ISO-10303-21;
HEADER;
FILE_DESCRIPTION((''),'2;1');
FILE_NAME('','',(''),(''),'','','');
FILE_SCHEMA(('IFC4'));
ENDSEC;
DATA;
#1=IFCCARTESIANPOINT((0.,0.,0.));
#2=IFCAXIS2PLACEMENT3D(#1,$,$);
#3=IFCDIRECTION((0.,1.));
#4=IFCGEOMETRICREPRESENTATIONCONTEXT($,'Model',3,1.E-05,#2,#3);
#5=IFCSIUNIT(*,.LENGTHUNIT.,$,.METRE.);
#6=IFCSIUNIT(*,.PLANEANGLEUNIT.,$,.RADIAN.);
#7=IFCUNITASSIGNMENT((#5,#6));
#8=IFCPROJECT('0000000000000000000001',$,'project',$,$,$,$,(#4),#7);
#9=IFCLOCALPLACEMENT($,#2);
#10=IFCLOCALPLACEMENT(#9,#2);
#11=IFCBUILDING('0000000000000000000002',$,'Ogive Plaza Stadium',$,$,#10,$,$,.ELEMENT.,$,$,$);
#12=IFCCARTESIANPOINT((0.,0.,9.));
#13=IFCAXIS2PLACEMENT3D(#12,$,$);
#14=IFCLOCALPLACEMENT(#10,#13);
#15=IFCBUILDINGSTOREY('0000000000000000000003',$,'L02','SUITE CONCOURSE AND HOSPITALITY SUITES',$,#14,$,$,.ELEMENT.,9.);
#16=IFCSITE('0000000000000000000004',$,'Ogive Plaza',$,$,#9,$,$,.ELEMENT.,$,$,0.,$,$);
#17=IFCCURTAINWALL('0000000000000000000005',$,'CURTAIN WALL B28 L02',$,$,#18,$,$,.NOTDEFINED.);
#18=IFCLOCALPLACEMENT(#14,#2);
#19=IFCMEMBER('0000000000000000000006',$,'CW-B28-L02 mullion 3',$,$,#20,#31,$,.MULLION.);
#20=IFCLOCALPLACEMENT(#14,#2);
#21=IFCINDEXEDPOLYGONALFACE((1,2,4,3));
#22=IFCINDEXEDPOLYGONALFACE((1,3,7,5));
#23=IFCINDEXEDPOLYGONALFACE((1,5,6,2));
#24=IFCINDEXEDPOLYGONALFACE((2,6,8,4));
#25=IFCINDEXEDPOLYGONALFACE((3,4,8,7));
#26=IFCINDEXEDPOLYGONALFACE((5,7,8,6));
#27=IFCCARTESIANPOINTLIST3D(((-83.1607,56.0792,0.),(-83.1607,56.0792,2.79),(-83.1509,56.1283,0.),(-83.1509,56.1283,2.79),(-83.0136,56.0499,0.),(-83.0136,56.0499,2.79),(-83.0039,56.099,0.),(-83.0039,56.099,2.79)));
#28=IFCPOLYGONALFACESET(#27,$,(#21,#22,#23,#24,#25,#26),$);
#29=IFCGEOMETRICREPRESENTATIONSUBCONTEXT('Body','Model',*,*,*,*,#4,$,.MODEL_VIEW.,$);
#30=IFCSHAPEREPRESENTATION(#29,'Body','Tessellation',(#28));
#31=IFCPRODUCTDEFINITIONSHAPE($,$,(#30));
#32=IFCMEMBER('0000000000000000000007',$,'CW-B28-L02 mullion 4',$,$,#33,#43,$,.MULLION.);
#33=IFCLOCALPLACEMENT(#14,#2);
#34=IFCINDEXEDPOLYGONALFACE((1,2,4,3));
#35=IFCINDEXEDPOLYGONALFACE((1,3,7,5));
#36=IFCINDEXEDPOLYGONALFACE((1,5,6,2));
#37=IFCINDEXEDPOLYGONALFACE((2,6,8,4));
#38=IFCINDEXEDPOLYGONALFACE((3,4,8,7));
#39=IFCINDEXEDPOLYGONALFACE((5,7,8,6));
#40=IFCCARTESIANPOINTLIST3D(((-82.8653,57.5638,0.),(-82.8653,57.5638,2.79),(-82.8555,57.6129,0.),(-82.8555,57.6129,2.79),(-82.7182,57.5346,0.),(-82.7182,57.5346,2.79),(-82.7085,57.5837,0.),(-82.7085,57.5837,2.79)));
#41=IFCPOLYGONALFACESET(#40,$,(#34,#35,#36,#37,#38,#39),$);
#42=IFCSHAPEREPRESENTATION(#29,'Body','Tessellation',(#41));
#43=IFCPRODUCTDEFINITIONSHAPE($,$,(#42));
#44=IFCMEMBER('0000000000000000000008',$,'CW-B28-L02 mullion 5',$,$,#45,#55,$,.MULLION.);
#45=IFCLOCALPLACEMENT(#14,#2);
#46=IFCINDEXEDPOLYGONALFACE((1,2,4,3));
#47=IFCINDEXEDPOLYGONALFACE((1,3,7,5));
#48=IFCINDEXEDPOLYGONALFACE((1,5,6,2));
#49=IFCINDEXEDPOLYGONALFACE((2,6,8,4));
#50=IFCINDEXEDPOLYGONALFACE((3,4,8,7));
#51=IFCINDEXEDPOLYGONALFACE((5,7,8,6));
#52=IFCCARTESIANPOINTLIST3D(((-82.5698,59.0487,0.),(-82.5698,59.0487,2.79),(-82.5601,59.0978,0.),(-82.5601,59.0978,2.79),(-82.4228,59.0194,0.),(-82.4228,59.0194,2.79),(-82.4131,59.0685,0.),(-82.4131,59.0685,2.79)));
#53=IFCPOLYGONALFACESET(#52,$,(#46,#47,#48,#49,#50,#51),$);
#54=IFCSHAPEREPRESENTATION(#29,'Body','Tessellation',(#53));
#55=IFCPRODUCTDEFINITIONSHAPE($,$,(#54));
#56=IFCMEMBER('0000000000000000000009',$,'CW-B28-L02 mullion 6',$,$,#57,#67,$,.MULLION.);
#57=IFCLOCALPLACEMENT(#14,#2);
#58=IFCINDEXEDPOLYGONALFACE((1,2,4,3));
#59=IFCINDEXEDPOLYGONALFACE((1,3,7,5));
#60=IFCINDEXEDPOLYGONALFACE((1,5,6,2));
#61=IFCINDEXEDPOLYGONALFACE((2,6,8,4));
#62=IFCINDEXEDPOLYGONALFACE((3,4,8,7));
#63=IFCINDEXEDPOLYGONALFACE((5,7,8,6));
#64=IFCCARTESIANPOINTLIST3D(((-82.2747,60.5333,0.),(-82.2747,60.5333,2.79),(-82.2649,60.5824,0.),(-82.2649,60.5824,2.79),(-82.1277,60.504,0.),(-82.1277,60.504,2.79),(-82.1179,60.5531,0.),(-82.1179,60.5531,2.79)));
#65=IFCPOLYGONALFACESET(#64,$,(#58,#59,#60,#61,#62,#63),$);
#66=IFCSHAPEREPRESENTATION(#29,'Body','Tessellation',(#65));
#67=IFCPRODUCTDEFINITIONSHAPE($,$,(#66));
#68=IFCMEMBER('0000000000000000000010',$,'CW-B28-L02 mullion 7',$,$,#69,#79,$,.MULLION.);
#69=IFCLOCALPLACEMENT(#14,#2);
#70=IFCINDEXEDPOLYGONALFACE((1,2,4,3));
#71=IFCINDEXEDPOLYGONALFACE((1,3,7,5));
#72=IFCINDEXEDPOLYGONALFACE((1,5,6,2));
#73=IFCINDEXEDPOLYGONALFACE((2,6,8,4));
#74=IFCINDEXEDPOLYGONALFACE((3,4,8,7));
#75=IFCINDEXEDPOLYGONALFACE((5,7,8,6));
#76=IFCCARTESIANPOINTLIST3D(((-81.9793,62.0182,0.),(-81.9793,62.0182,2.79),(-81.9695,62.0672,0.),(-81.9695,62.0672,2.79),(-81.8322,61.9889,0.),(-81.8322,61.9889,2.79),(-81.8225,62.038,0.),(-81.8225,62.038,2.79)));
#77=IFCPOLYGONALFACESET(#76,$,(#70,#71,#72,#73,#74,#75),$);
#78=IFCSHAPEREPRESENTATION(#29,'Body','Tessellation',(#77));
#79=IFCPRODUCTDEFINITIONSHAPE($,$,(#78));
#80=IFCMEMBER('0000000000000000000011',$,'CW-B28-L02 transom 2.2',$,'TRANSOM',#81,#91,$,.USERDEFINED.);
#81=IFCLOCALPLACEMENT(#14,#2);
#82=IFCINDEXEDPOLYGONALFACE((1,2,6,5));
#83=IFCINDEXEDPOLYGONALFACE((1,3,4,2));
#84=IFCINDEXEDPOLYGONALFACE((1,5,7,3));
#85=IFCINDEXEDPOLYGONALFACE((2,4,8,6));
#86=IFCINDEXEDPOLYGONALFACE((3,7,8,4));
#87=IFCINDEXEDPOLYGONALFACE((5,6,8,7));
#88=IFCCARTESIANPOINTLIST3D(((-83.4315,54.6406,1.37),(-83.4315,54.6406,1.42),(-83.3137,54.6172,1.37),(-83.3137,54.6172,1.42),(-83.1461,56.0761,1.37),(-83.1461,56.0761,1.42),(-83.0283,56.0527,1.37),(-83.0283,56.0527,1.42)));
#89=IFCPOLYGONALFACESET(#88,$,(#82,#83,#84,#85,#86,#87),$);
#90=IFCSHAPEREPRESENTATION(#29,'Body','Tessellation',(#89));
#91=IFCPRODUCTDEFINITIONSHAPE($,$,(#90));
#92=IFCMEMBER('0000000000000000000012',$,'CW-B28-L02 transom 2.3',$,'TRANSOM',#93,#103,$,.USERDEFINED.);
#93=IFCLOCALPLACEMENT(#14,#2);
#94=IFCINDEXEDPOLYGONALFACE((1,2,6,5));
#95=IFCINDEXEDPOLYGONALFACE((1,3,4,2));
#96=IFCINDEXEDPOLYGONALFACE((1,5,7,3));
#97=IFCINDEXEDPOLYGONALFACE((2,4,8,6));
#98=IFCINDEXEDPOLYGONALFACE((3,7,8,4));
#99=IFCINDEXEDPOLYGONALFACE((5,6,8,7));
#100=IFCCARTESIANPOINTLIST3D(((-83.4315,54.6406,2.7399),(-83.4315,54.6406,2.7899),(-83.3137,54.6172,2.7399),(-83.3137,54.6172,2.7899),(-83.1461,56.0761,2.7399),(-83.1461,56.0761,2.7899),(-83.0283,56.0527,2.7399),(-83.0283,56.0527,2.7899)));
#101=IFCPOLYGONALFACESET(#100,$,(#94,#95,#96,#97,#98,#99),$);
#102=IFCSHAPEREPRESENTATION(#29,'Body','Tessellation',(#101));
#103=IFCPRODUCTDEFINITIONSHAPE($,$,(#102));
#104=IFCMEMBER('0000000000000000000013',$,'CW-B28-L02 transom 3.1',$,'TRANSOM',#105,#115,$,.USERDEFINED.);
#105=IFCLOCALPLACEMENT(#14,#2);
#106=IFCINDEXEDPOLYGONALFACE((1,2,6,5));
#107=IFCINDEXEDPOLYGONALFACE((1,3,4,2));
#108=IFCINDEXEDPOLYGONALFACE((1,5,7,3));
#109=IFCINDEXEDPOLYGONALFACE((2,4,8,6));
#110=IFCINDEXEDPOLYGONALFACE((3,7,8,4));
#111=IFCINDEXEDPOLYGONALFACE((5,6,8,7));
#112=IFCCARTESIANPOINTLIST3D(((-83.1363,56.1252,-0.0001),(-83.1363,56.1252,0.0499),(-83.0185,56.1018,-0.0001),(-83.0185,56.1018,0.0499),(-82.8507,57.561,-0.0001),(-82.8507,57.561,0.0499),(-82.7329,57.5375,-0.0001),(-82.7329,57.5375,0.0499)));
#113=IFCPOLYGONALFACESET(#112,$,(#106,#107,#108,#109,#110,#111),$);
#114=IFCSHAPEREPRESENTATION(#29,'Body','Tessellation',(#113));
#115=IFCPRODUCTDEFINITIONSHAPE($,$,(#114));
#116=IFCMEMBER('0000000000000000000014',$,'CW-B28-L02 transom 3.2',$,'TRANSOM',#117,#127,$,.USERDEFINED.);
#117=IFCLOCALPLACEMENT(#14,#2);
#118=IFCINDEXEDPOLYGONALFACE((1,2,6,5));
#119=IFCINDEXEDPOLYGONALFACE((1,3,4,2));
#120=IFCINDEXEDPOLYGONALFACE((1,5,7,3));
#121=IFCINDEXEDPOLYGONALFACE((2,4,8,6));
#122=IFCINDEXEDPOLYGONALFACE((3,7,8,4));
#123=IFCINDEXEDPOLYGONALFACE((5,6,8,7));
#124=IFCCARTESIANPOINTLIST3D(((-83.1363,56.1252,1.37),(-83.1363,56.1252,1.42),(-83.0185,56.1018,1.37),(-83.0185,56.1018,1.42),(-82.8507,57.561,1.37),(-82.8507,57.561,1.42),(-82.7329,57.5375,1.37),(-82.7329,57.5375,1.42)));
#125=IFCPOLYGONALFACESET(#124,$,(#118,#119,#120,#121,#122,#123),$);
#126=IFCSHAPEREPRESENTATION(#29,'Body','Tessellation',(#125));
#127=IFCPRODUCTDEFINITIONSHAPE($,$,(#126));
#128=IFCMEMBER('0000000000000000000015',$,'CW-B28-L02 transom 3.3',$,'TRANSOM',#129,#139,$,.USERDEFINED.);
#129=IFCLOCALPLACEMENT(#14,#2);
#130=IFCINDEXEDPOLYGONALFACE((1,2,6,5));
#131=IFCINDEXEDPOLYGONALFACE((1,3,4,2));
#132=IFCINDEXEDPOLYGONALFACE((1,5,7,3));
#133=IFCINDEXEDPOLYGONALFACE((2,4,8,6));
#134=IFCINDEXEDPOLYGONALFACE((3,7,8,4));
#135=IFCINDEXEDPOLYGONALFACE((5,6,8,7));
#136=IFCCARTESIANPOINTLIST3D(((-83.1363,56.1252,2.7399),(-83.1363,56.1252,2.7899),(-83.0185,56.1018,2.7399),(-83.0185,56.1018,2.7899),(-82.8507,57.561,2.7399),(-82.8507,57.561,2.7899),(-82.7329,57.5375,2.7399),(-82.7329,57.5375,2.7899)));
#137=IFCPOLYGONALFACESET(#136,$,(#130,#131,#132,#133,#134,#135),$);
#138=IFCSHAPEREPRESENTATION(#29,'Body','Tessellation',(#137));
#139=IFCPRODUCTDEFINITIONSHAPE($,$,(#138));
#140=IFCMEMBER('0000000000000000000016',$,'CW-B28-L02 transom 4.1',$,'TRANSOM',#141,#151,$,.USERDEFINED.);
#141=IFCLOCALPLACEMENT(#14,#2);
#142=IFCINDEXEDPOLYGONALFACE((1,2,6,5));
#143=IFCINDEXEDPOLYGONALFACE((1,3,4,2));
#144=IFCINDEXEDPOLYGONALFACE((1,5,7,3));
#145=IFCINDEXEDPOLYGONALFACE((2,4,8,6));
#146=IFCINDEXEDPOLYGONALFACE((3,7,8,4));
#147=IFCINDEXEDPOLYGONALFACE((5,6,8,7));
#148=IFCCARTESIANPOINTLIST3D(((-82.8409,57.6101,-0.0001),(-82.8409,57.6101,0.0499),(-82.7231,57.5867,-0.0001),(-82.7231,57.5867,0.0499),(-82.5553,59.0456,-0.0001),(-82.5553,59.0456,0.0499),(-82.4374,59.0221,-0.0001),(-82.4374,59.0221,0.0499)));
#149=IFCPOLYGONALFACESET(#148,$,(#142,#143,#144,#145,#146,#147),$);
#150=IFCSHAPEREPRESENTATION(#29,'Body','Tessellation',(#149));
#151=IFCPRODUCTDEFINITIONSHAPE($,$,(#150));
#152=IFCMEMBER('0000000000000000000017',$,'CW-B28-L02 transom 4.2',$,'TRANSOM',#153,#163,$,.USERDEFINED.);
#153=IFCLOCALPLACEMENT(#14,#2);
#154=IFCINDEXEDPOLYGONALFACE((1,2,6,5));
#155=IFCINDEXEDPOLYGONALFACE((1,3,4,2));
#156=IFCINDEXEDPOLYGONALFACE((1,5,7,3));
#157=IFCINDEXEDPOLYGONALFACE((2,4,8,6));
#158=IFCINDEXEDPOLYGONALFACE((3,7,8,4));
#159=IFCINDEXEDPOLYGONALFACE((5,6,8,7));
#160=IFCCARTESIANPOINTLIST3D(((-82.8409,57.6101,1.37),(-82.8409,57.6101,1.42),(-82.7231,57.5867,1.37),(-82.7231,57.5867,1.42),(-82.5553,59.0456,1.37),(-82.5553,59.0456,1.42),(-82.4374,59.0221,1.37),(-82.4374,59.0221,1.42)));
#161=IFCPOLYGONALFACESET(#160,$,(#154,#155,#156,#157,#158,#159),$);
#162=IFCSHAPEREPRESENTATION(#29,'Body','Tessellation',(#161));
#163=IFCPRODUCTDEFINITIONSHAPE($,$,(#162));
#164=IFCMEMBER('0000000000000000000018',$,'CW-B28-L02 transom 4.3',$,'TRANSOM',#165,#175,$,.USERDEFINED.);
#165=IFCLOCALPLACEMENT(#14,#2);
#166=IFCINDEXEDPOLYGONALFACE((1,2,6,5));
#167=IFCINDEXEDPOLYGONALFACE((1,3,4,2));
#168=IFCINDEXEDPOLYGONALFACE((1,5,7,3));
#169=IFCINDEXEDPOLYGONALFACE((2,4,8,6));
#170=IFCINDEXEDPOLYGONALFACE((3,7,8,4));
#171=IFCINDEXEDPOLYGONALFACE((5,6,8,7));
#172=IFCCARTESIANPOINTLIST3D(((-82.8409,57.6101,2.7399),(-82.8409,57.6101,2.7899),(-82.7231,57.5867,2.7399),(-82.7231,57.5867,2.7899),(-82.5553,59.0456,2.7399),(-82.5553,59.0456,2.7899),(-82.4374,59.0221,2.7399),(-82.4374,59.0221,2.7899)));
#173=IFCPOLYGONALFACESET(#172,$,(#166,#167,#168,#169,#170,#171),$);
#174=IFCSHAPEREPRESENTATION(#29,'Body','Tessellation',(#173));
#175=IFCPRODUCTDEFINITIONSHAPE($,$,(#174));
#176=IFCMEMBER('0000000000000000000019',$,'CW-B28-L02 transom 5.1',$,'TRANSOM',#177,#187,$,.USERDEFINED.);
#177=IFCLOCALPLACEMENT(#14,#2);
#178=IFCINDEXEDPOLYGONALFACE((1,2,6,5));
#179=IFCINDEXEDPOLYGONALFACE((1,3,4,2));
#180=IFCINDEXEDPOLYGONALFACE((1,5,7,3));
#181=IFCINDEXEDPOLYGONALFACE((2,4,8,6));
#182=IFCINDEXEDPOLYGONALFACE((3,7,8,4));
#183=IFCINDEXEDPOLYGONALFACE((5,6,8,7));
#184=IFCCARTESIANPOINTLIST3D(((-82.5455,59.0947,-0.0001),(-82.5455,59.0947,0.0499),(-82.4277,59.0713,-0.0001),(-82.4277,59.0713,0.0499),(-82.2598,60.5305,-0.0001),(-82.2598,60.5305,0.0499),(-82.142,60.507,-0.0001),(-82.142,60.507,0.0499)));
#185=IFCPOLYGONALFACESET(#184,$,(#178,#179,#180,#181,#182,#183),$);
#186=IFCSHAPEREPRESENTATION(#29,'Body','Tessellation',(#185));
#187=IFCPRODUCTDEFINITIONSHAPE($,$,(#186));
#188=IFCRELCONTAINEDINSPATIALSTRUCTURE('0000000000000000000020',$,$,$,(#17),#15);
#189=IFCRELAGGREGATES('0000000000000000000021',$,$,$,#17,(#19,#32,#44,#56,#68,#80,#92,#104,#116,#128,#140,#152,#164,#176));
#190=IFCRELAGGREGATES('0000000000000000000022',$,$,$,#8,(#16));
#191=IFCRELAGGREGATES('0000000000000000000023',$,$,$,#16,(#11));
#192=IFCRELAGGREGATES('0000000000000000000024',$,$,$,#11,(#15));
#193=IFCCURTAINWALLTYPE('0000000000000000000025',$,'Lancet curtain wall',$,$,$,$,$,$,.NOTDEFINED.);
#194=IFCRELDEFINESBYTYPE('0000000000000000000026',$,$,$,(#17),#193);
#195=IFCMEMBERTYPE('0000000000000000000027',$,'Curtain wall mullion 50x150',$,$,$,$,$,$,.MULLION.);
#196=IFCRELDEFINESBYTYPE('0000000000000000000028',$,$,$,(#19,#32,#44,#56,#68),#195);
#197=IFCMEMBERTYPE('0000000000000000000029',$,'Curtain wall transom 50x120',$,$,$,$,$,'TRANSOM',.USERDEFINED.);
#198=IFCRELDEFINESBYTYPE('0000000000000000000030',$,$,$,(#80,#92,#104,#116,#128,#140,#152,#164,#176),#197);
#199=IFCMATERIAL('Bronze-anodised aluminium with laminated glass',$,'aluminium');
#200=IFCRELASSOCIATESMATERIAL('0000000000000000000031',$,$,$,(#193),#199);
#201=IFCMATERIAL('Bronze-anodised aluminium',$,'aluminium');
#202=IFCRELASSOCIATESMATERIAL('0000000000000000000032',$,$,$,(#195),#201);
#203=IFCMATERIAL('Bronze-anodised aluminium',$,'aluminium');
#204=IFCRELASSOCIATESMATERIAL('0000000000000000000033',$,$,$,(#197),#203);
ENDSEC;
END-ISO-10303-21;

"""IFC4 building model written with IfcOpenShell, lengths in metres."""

from ifc_helpers import new_model, si_unit, direction, frame, origin, origin_2d, place, context, subcontext, project, spatial, rectangle, extrude, material, material_profile, profile_set, type_object, element, aggregate, save


model = new_model("IFC4")

# Units and contexts
model_context = context("Model", 3, precision=1e-05, world=origin(), true_north=direction((0.0, 1.0)))
body_context = subcontext(model_context, "Body", "Model", "MODEL_VIEW")
ifc_project = project(units=[si_unit("LENGTHUNIT", "METRE"), si_unit("PLANEANGLEUNIT", "RADIAN")], contexts=[model_context])

# Site, building, storey
site_placement = place(None, origin())
site = spatial("IfcSite", under=ifc_project, at=site_placement, Name="Ogive Plaza", CompositionType="ELEMENT", RefElevation=0.0)
building_placement = place(site_placement, origin())
building = spatial("IfcBuilding", under=site, at=building_placement, Name="Ogive Plaza Stadium", CompositionType="ELEMENT")
storey_placement = place(building_placement, frame((0.0, 0.0, 9.0)))
storey = spatial("IfcBuildingStorey", under=building, at=storey_placement, Name="L02", Description="SUITE CONCOURSE AND HOSPITALITY SUITES", CompositionType="ELEMENT", Elevation=9.0)

# Curtain wall, members
ifc_material_1 = material(Name="Bronze-anodised aluminium with laminated glass", Category="aluminium")
curtain_wall_type = type_object("IfcCurtainWallType", Name="Lancet curtain wall", PredefinedType="NOTDEFINED", material=ifc_material_1)
curtain_wall_placement = place(storey_placement, origin())
curtain_wall = element("IfcCurtainWall", 1, at=curtain_wall_placement, inside=storey, type_object=curtain_wall_type, Name="CURTAIN WALL B28 L02", PredefinedType="NOTDEFINED")
ifc_material_2 = material(Name="Bronze-anodised aluminium", Category="aluminium")
ifc_material_profile_1 = material_profile(ifc_material_2, rectangle(XDim=0.1499, YDim=0.05, at=origin_2d()), Name="AL 150x50")
ifc_profile_set_1 = profile_set([ifc_material_profile_1], Name="Bronze-anodised aluminium")
member_type_1 = type_object("IfcMemberType", Name="Curtain wall mullion 50x150", PredefinedType="MULLION", material=ifc_profile_set_1)
member_1_placement = place(storey_placement, frame((-83.0823, 56.0891, 0.0), z_axis=(0.0, 0.0, 1.0), x_axis=(-0.980785, 0.19509, 0.0)))
member_1 = element("IfcMember", 2, at=member_1_placement, type_object=member_type_1, Name="CW-B28-L02 mullion 3", PredefinedType="MULLION", context=body_context, shape_type="SweptSolid", body=[
    extrude(rectangle(XDim=0.1499, YDim=0.05, at=origin_2d()), origin(), (0.0, 0.0, 1.0), 2.79),
])
member_2_placement = place(storey_placement, frame((-82.7869, 57.5737, 0.0), z_axis=(0.0, 0.0, 1.0), x_axis=(-0.980785, 0.19509, 0.0)))
member_2 = element("IfcMember", 3, at=member_2_placement, type_object=member_type_1, Name="CW-B28-L02 mullion 4", PredefinedType="MULLION", context=body_context, shape_type="SweptSolid", body=[
    extrude(rectangle(XDim=0.1499, YDim=0.05, at=origin_2d()), origin(), (0.0, 0.0, 1.0), 2.79),
])
member_3_placement = place(storey_placement, frame((-82.4915, 59.0586, 0.0), z_axis=(0.0, 0.0, 1.0), x_axis=(-0.980785, 0.19509, 0.0)))
member_3 = element("IfcMember", 4, at=member_3_placement, type_object=member_type_1, Name="CW-B28-L02 mullion 5", PredefinedType="MULLION", context=body_context, shape_type="SweptSolid", body=[
    extrude(rectangle(XDim=0.1499, YDim=0.05, at=origin_2d()), origin(), (0.0, 0.0, 1.0), 2.79),
])
member_4_placement = place(storey_placement, frame((-82.1963, 60.5432, 0.0), z_axis=(0.0, 0.0, 1.0), x_axis=(-0.980785, 0.19509, 0.0)))
member_4 = element("IfcMember", 5, at=member_4_placement, type_object=member_type_1, Name="CW-B28-L02 mullion 6", PredefinedType="MULLION", context=body_context, shape_type="SweptSolid", body=[
    extrude(rectangle(XDim=0.1499, YDim=0.05, at=origin_2d()), origin(), (0.0, 0.0, 1.0), 2.79),
])
member_5_placement = place(storey_placement, frame((-81.9009, 62.0281, 0.0), z_axis=(0.0, 0.0, 1.0), x_axis=(-0.980785, 0.19509, 0.0)))
member_5 = element("IfcMember", 6, at=member_5_placement, type_object=member_type_1, Name="CW-B28-L02 mullion 7", PredefinedType="MULLION", context=body_context, shape_type="SweptSolid", body=[
    extrude(rectangle(XDim=0.1499, YDim=0.05, at=origin_2d()), origin(), (0.0, 0.0, 1.0), 2.79),
])
ifc_material_3 = material(Name="Bronze-anodised aluminium", Category="aluminium")
ifc_material_profile_2 = material_profile(ifc_material_3, rectangle(XDim=0.1201, YDim=0.05, at=origin_2d()), Name="AL 120x50")
ifc_profile_set_2 = profile_set([ifc_material_profile_2], Name="Bronze-anodised aluminium")
member_type_2 = type_object("IfcMemberType", Name="Curtain wall transom 50x120", ElementType="TRANSOM", PredefinedType="USERDEFINED", material=ifc_profile_set_2)
member_6_placement = place(storey_placement, frame((-83.3726, 54.6289, 1.395), z_axis=(0.194993, 0.980805, 0.0), x_axis=(-0.980805, 0.194993, 0.0)))
member_6 = element("IfcMember", 7, at=member_6_placement, type_object=member_type_2, Name="CW-B28-L02 transom 2.2", ObjectType="TRANSOM", PredefinedType="USERDEFINED", context=body_context, shape_type="SweptSolid", body=[
    extrude(rectangle(XDim=0.1201, YDim=0.05, at=origin_2d()), origin(), (0.0, 0.0, 1.0), 1.4636),
])
member_7_placement = place(storey_placement, frame((-83.3726, 54.6289, 2.7649), z_axis=(0.194993, 0.980805, 0.0), x_axis=(-0.980805, 0.194993, 0.0)))
member_7 = element("IfcMember", 8, at=member_7_placement, type_object=member_type_2, Name="CW-B28-L02 transom 2.3", ObjectType="TRANSOM", PredefinedType="USERDEFINED", context=body_context, shape_type="SweptSolid", body=[
    extrude(rectangle(XDim=0.1201, YDim=0.05, at=origin_2d()), origin(), (0.0, 0.0, 1.0), 1.4636),
])
member_8_placement = place(storey_placement, frame((-83.0774, 56.1135, 0.0249), z_axis=(0.195122, 0.980779, 0.0), x_axis=(-0.980779, 0.195122, 0.0)))
member_8 = element("IfcMember", 9, at=member_8_placement, type_object=member_type_2, Name="CW-B28-L02 transom 3.1", ObjectType="TRANSOM", PredefinedType="USERDEFINED", context=body_context, shape_type="SweptSolid", body=[
    extrude(rectangle(XDim=0.1201, YDim=0.05, at=origin_2d()), origin(), (0.0, 0.0, 1.0), 1.4639),
])
member_9_placement = place(storey_placement, frame((-83.0774, 56.1135, 1.395), z_axis=(0.195122, 0.980779, 0.0), x_axis=(-0.980779, 0.195122, 0.0)))
member_9 = element("IfcMember", 10, at=member_9_placement, type_object=member_type_2, Name="CW-B28-L02 transom 3.2", ObjectType="TRANSOM", PredefinedType="USERDEFINED", context=body_context, shape_type="SweptSolid", body=[
    extrude(rectangle(XDim=0.1201, YDim=0.05, at=origin_2d()), origin(), (0.0, 0.0, 1.0), 1.4639),
])
member_10_placement = place(storey_placement, frame((-83.0774, 56.1135, 2.7649), z_axis=(0.195122, 0.980779, 0.0), x_axis=(-0.980779, 0.195122, 0.0)))
member_10 = element("IfcMember", 11, at=member_10_placement, type_object=member_type_2, Name="CW-B28-L02 transom 3.3", ObjectType="TRANSOM", PredefinedType="USERDEFINED", context=body_context, shape_type="SweptSolid", body=[
    extrude(rectangle(XDim=0.1201, YDim=0.05, at=origin_2d()), origin(), (0.0, 0.0, 1.0), 1.4639),
])
member_11_placement = place(storey_placement, frame((-82.782, 57.5984, 0.0249), z_axis=(0.195154, 0.980773, 0.0), x_axis=(-0.980773, 0.195154, 0.0)))
member_11 = element("IfcMember", 12, at=member_11_placement, type_object=member_type_2, Name="CW-B28-L02 transom 4.1", ObjectType="TRANSOM", PredefinedType="USERDEFINED", context=body_context, shape_type="SweptSolid", body=[
    extrude(rectangle(XDim=0.1201, YDim=0.05, at=origin_2d()), origin(), (0.0, 0.0, 1.0), 1.4636),
])
member_12_placement = place(storey_placement, frame((-82.782, 57.5984, 1.395), z_axis=(0.195154, 0.980773, 0.0), x_axis=(-0.980773, 0.195154, 0.0)))
member_12 = element("IfcMember", 13, at=member_12_placement, type_object=member_type_2, Name="CW-B28-L02 transom 4.2", ObjectType="TRANSOM", PredefinedType="USERDEFINED", context=body_context, shape_type="SweptSolid", body=[
    extrude(rectangle(XDim=0.1201, YDim=0.05, at=origin_2d()), origin(), (0.0, 0.0, 1.0), 1.4636),
])
member_13_placement = place(storey_placement, frame((-82.782, 57.5984, 2.7649), z_axis=(0.195154, 0.980773, 0.0), x_axis=(-0.980773, 0.195154, 0.0)))
member_13 = element("IfcMember", 14, at=member_13_placement, type_object=member_type_2, Name="CW-B28-L02 transom 4.3", ObjectType="TRANSOM", PredefinedType="USERDEFINED", context=body_context, shape_type="SweptSolid", body=[
    extrude(rectangle(XDim=0.1201, YDim=0.05, at=origin_2d()), origin(), (0.0, 0.0, 1.0), 1.4636),
])
member_14_placement = place(storey_placement, frame((-82.4866, 59.083, 0.0249), z_axis=(0.195122, 0.980779, 0.0), x_axis=(-0.980779, 0.195122, 0.0)))
member_14 = element("IfcMember", 15, at=member_14_placement, type_object=member_type_2, Name="CW-B28-L02 transom 5.1", ObjectType="TRANSOM", PredefinedType="USERDEFINED", context=body_context, shape_type="SweptSolid", body=[
    extrude(rectangle(XDim=0.1201, YDim=0.05, at=origin_2d()), origin(), (0.0, 0.0, 1.0), 1.4639),
])
aggregate(curtain_wall, [member_1, member_2, member_3, member_4, member_5, member_6, member_7, member_8, member_9, member_10, member_11, member_12, member_13, member_14])

save(model, "model.ifc")
